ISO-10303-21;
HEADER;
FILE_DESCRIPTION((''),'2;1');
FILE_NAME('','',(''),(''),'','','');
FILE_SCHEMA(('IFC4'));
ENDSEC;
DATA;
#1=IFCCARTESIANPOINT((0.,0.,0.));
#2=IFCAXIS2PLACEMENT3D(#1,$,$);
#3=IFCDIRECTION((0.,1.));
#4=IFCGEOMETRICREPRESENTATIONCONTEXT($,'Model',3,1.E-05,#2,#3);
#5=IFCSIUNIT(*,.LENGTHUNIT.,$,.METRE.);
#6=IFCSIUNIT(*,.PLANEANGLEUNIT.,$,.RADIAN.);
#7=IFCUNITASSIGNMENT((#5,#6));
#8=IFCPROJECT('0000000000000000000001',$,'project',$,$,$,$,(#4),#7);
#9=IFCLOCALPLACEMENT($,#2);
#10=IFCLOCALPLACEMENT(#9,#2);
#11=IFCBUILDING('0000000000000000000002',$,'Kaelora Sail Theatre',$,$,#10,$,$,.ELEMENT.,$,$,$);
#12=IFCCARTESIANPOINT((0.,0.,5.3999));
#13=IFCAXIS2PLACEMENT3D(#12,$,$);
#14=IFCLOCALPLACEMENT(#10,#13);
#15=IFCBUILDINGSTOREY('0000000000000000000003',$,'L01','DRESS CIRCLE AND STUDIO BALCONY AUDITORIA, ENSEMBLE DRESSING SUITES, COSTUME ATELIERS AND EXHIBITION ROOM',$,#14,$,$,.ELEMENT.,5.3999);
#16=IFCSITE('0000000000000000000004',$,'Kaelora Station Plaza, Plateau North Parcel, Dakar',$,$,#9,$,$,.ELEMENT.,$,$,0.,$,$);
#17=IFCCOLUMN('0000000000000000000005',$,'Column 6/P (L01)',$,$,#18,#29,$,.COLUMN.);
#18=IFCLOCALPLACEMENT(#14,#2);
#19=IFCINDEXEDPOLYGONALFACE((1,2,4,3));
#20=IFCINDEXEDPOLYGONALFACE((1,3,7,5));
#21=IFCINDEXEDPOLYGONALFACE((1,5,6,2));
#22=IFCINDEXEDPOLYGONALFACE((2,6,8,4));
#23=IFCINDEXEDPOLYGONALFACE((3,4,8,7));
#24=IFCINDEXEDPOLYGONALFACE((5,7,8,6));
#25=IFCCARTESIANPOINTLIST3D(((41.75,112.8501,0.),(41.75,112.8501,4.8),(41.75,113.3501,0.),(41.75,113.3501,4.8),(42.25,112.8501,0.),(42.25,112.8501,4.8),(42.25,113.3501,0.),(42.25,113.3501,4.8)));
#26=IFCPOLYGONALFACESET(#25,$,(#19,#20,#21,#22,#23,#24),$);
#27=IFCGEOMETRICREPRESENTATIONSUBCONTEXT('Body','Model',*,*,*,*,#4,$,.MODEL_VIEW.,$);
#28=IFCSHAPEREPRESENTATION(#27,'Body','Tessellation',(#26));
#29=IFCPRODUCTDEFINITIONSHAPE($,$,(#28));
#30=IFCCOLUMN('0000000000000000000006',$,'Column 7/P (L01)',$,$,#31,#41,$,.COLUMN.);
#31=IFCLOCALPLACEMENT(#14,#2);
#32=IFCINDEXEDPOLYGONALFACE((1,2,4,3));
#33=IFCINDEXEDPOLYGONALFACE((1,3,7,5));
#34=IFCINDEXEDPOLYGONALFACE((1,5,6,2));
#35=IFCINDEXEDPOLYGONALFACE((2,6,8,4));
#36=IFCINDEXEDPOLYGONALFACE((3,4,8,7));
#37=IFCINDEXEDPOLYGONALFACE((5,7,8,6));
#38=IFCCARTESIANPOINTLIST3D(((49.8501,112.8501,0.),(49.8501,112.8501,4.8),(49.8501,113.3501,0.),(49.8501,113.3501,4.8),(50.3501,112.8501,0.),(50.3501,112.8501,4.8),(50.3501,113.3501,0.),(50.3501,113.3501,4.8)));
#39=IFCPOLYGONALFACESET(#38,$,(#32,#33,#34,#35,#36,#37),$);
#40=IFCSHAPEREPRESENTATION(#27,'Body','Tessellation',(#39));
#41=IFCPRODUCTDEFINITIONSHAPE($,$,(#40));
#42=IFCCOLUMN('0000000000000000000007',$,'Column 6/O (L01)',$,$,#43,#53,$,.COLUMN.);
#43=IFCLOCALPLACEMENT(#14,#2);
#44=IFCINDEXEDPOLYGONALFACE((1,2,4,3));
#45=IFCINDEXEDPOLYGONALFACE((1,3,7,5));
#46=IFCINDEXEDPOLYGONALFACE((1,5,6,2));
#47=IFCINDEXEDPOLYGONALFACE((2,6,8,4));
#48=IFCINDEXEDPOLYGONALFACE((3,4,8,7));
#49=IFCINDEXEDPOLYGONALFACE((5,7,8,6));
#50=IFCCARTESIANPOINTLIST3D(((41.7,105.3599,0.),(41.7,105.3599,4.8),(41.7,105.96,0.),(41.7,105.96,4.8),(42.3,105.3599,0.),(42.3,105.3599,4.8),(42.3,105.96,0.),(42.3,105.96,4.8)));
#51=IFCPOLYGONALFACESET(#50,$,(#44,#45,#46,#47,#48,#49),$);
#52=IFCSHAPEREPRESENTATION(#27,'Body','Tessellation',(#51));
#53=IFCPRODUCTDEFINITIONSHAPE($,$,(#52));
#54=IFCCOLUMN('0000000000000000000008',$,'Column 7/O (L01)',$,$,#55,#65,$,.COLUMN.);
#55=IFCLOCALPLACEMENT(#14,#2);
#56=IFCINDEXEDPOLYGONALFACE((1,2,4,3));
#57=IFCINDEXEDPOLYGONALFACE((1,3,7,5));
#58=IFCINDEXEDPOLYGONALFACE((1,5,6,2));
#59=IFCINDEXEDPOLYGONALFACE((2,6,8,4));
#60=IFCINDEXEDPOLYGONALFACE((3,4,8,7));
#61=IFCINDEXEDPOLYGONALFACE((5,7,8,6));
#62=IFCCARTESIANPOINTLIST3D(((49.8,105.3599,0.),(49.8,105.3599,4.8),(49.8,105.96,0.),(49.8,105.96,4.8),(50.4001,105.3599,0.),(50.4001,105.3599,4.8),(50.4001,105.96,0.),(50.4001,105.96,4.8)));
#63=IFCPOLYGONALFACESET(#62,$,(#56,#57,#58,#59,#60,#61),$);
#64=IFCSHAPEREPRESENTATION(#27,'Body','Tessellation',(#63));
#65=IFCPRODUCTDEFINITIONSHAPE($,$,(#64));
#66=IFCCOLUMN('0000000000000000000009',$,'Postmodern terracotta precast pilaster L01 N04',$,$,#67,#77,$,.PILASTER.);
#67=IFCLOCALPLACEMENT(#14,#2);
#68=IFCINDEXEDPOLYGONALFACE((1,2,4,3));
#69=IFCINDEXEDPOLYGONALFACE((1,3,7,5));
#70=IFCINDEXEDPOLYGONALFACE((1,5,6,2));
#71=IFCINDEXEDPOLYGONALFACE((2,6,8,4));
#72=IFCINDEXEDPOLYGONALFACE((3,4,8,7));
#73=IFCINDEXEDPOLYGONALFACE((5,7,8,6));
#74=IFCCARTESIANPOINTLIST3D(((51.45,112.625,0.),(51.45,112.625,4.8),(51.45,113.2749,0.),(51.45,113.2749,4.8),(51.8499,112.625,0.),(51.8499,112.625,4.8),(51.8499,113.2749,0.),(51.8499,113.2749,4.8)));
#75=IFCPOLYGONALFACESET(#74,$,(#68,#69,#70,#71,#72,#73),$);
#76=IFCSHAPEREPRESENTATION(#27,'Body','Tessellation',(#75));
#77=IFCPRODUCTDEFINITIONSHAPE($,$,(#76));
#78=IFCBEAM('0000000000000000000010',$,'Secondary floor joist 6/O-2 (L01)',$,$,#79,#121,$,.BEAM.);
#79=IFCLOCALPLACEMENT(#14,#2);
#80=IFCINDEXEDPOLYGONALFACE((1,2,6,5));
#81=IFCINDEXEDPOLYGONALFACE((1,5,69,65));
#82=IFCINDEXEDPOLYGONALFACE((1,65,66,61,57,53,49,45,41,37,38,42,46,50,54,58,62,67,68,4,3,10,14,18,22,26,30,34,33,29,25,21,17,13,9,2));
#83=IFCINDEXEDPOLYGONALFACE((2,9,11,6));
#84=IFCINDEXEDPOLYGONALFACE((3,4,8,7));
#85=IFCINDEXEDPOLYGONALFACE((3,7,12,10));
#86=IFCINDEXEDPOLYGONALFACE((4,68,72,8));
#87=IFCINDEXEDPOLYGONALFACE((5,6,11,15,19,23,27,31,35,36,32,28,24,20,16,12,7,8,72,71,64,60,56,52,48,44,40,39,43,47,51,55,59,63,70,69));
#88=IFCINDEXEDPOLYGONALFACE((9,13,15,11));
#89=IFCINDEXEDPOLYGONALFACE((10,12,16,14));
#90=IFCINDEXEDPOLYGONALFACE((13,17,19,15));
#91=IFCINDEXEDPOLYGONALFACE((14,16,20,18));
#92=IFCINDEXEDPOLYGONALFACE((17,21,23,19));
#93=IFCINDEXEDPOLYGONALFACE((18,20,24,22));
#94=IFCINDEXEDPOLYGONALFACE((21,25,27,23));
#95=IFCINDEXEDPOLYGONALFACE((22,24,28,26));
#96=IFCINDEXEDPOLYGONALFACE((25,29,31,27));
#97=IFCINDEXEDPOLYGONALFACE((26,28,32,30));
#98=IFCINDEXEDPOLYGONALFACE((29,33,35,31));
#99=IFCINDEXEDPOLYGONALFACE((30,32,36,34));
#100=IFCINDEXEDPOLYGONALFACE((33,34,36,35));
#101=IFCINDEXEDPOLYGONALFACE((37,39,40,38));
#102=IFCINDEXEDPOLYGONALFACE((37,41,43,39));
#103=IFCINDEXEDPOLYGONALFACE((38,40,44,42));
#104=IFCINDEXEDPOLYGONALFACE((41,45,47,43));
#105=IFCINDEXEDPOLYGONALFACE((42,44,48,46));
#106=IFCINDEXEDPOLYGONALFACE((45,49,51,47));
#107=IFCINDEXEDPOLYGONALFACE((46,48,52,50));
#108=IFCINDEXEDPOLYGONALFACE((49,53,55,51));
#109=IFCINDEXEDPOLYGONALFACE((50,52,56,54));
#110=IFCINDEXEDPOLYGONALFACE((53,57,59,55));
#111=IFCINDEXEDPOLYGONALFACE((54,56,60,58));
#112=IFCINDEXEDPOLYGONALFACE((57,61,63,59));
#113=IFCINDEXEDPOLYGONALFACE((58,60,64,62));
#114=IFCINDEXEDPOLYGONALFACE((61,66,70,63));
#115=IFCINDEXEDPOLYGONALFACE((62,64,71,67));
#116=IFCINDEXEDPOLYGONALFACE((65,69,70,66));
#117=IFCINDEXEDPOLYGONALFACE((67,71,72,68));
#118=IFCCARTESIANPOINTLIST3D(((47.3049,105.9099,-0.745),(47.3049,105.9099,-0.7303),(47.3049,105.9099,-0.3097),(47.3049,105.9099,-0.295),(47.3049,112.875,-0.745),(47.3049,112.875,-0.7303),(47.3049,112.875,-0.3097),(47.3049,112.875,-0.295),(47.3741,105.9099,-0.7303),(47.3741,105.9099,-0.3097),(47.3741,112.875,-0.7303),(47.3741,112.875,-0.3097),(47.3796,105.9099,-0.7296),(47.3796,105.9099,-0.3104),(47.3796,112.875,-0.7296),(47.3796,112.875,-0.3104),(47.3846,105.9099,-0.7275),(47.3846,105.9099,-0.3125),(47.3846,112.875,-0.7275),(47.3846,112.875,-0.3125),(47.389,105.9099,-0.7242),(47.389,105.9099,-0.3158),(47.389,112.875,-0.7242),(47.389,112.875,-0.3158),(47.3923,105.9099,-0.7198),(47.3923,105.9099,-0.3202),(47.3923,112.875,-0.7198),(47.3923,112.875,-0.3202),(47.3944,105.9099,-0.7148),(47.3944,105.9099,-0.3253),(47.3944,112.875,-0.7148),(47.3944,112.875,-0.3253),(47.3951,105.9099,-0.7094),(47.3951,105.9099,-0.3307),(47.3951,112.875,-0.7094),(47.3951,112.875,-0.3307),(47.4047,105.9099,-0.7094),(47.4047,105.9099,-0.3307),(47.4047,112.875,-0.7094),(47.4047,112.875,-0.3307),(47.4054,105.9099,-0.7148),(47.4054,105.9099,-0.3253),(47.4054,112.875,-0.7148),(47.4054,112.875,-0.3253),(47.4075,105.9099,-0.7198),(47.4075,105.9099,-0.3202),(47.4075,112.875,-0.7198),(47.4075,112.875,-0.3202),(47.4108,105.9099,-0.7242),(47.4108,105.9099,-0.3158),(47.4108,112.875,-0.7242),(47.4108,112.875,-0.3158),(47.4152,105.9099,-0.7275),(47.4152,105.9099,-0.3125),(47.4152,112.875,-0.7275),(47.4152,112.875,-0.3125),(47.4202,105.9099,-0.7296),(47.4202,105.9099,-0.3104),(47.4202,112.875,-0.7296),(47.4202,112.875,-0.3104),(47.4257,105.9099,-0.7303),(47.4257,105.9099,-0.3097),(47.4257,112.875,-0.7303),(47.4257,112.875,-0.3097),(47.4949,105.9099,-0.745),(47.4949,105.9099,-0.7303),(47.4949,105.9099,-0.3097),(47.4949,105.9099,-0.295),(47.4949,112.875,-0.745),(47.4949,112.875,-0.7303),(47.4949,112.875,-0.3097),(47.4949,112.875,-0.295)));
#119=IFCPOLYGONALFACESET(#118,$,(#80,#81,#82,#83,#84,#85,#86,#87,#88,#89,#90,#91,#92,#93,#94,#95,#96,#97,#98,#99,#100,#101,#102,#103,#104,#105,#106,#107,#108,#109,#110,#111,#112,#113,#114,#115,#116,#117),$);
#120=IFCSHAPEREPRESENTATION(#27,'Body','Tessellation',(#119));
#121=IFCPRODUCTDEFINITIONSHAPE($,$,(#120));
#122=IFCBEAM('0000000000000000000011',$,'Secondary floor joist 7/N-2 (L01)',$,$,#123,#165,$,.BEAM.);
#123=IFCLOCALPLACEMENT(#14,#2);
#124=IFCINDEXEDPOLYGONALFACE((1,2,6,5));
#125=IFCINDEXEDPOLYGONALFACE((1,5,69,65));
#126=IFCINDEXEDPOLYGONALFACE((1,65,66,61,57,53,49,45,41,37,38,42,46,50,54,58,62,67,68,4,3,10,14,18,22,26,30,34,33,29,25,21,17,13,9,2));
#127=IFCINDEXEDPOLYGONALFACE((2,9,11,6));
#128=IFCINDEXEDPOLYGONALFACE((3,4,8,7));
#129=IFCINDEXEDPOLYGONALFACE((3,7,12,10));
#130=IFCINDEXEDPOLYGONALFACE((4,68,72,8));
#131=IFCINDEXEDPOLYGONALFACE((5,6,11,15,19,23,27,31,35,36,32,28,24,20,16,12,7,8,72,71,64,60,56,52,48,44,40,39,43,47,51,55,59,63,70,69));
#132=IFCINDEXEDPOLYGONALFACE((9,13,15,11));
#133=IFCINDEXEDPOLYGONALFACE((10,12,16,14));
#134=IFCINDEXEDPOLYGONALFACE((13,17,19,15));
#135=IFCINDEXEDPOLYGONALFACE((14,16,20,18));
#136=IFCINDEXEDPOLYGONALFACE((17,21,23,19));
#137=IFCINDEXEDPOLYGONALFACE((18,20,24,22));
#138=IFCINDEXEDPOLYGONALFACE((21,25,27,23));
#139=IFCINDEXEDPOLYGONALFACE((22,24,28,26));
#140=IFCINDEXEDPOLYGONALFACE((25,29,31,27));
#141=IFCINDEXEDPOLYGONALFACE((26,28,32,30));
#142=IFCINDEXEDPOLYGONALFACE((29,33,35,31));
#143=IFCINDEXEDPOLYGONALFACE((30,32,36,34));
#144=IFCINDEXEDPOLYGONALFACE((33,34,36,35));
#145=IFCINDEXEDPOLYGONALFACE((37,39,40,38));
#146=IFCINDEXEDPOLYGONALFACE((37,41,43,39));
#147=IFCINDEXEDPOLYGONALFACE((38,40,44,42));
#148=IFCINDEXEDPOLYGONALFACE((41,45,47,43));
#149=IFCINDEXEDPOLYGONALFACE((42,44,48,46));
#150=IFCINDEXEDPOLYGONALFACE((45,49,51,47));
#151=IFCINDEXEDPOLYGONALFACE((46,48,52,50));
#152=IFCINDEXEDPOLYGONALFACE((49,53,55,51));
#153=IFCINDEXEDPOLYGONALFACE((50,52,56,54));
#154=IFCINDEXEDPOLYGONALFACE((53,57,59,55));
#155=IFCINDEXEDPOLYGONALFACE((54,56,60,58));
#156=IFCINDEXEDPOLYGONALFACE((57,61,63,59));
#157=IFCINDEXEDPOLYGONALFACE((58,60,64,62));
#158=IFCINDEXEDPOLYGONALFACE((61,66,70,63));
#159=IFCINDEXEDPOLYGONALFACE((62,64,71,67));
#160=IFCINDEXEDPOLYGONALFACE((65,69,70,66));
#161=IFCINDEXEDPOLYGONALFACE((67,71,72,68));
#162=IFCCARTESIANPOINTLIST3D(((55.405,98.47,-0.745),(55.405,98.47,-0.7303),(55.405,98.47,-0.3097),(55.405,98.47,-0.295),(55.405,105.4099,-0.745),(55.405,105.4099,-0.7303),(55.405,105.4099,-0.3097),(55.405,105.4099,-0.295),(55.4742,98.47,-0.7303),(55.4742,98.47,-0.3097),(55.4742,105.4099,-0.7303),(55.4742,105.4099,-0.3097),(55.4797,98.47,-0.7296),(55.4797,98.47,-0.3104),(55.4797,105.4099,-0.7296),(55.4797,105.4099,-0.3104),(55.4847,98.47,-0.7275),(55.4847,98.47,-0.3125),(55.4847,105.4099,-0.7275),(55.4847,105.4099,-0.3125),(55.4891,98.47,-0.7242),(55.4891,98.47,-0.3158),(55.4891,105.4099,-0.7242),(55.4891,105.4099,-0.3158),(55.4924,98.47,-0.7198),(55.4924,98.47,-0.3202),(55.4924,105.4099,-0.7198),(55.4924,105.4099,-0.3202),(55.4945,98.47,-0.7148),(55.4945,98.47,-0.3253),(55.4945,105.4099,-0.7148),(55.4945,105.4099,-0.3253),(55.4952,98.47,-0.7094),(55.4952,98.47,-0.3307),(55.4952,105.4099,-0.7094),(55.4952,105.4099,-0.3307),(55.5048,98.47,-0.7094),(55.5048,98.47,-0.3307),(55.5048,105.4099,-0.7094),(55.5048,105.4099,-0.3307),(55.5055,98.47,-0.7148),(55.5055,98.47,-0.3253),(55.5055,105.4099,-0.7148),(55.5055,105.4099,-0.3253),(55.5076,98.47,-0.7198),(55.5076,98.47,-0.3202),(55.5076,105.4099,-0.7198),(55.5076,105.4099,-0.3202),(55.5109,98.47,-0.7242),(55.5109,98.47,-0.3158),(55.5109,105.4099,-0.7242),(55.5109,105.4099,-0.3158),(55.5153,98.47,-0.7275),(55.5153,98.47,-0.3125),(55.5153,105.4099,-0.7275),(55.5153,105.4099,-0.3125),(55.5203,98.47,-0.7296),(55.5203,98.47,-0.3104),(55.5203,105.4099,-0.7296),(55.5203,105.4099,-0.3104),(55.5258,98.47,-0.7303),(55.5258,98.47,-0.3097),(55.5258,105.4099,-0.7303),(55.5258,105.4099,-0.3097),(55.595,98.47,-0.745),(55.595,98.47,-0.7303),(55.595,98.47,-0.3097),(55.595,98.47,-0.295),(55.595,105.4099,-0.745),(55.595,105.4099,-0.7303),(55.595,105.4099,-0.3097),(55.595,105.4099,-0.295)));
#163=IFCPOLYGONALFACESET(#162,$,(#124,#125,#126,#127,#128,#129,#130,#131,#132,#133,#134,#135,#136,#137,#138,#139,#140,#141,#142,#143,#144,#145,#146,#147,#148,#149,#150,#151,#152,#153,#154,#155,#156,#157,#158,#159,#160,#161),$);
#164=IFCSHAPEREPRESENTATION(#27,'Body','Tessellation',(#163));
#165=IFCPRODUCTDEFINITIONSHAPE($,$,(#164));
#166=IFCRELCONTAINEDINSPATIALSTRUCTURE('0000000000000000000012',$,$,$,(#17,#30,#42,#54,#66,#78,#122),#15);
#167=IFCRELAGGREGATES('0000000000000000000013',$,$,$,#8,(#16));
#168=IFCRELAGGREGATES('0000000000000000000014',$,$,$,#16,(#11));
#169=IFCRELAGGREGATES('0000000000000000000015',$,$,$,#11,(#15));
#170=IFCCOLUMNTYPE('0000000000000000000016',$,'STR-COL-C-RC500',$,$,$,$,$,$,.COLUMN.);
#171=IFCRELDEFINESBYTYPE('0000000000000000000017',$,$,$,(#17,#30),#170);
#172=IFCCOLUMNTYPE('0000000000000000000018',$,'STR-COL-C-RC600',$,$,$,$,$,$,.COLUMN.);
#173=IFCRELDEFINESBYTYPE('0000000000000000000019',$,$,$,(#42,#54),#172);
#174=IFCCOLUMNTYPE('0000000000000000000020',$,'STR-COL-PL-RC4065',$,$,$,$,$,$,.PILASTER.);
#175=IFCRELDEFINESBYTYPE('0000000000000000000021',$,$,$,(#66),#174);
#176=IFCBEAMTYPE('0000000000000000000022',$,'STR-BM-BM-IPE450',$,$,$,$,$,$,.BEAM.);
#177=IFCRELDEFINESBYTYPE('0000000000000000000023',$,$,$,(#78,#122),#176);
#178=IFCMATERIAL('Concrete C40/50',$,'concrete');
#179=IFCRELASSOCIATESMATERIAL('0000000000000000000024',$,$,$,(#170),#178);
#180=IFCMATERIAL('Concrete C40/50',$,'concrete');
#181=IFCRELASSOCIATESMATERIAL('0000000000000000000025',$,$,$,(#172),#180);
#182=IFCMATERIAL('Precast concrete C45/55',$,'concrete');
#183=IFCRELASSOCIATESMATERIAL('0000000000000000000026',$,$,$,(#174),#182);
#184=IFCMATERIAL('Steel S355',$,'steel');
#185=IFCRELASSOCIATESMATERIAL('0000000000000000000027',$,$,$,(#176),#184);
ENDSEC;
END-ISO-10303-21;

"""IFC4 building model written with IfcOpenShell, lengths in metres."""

from ifc_helpers import new_model, si_unit, direction, frame, origin, origin_2d, place, context, subcontext, project, spatial, rectangle, i_section, extrude, material, material_profile, profile_set, type_object, element, save


model = new_model("IFC4")

# Units and contexts
model_context = context("Model", 3, precision=1e-05, world=origin(), true_north=direction((0.0, 1.0)))
body_context = subcontext(model_context, "Body", "Model", "MODEL_VIEW")
ifc_project = project(units=[si_unit("LENGTHUNIT", "METRE"), si_unit("PLANEANGLEUNIT", "RADIAN")], contexts=[model_context])

# Site, building, storey
site_placement = place(None, origin())
site = spatial("IfcSite", under=ifc_project, at=site_placement, Name="Kaelora Station Plaza, Plateau North Parcel, Dakar", CompositionType="ELEMENT", RefElevation=0.0)
building_placement = place(site_placement, origin())
building = spatial("IfcBuilding", under=site, at=building_placement, Name="Kaelora Sail Theatre", CompositionType="ELEMENT")
storey_placement = place(building_placement, frame((0.0, 0.0, 5.3999)))
storey = spatial("IfcBuildingStorey", under=building, at=storey_placement, Name="L01", Description="DRESS CIRCLE AND STUDIO BALCONY AUDITORIA, ENSEMBLE DRESSING SUITES, COSTUME ATELIERS AND EXHIBITION ROOM", CompositionType="ELEMENT", Elevation=5.3999)

# Columns
ifc_material_1 = material(Name="Concrete C40/50", Category="concrete")
ifc_material_profile_1 = material_profile(ifc_material_1, rectangle(XDim=0.5, YDim=0.5, at=origin_2d()), Name="RC-COL 500x500")
ifc_profile_set_1 = profile_set([ifc_material_profile_1], Name="Concrete C40/50")
column_type_1 = type_object("IfcColumnType", Name="STR-COL-C-RC500", PredefinedType="COLUMN", material=ifc_profile_set_1)
for number, where, z_axis, x_axis, name in (
    (1, (42.0, 113.1001, 0.0), (0.0, 0.0, 1.0), (1.0, 0.0, 0.0), "Column 6/P (L01)"),
    (2, (50.1001, 113.1001, 0.0), (0.0, 0.0, 1.0), (1.0, 0.0, 0.0), "Column 7/P (L01)"),
):
    element("IfcColumn", number, at=place(storey_placement, frame(where, z_axis=z_axis, x_axis=x_axis)), inside=storey, type_object=column_type_1, Name=name, PredefinedType="COLUMN", context=body_context, shape_type="SweptSolid", body=[
        extrude(rectangle(XDim=0.5, YDim=0.5, at=origin_2d()), origin(), (0.0, 0.0, 1.0), 4.8),
    ])
ifc_material_2 = material(Name="Concrete C40/50", Category="concrete")
ifc_material_profile_2 = material_profile(ifc_material_2, rectangle(XDim=0.6001, YDim=0.6001, at=origin_2d()), Name="RC-COL 600x600")
ifc_profile_set_2 = profile_set([ifc_material_profile_2], Name="Concrete C40/50")
column_type_2 = type_object("IfcColumnType", Name="STR-COL-C-RC600", PredefinedType="COLUMN", material=ifc_profile_set_2)
for number, where, z_axis, x_axis, name in (
    (3, (42.0, 105.6599, 0.0), (0.0, 0.0, 1.0), (1.0, 0.0, 0.0), "Column 6/O (L01)"),
    (4, (50.1001, 105.6599, 0.0), (0.0, 0.0, 1.0), (1.0, 0.0, 0.0), "Column 7/O (L01)"),
):
    element("IfcColumn", number, at=place(storey_placement, frame(where, z_axis=z_axis, x_axis=x_axis)), inside=storey, type_object=column_type_2, Name=name, PredefinedType="COLUMN", context=body_context, shape_type="SweptSolid", body=[
        extrude(rectangle(XDim=0.6001, YDim=0.6001, at=origin_2d()), origin(), (0.0, 0.0, 1.0), 4.8),
    ])
ifc_material_3 = material(Name="Precast concrete C45/55", Category="concrete")
ifc_material_profile_3 = material_profile(ifc_material_3, rectangle(XDim=0.3999, YDim=0.6499, at=origin_2d()), Name="RC-PIL 400x650")
ifc_profile_set_3 = profile_set([ifc_material_profile_3], Name="Precast concrete C45/55")
column_type_3 = type_object("IfcColumnType", Name="STR-COL-PL-RC4065", PredefinedType="PILASTER", material=ifc_profile_set_3)
column_placement = place(storey_placement, frame((51.6499, 112.95, 0.0), z_axis=(0.0, 0.0, 1.0), x_axis=(1.0, 0.0, 0.0)))
element("IfcColumn", 5, at=column_placement, inside=storey, type_object=column_type_3, Name="Postmodern terracotta precast pilaster L01 N04", PredefinedType="PILASTER", context=body_context, shape_type="SweptSolid", body=[
    extrude(rectangle(XDim=0.3999, YDim=0.6499, at=origin_2d()), origin(), (0.0, 0.0, 1.0), 4.8),
])

# Beams
ifc_material_4 = material(Name="Steel S355", Category="steel")
ifc_material_profile_4 = material_profile(ifc_material_4, i_section(OverallWidth=0.1899, OverallDepth=0.45, WebThickness=0.0095, FlangeThickness=0.0146, FilletRadius=0.021, at=origin_2d()), Name="IPE 450")
ifc_profile_set_4 = profile_set([ifc_material_profile_4], Name="Steel S355")
beam_type_1 = type_object("IfcBeamType", Name="STR-BM-BM-IPE450", PredefinedType="BEAM", material=ifc_profile_set_4)
beam_1_placement = place(storey_placement, frame((47.3999, 105.9099, -0.52), z_axis=(0.0, 1.0, 0.0), x_axis=(-1.0, 0.0, 0.0)))
element("IfcBeam", 6, at=beam_1_placement, inside=storey, type_object=beam_type_1, Name="Secondary floor joist 6/O-2 (L01)", PredefinedType="BEAM", context=body_context, shape_type="SweptSolid", body=[
    extrude(i_section(OverallWidth=0.1899, OverallDepth=0.45, WebThickness=0.0095, FlangeThickness=0.0146, FilletRadius=0.021, at=origin_2d()), origin(), (0.0, 0.0, 1.0), 6.9651),
])
beam_2_placement = place(storey_placement, frame((55.5, 98.47, -0.52), z_axis=(0.0, 1.0, 0.0), x_axis=(-1.0, 0.0, 0.0)))
element("IfcBeam", 7, at=beam_2_placement, inside=storey, type_object=beam_type_1, Name="Secondary floor joist 7/N-2 (L01)", PredefinedType="BEAM", context=body_context, shape_type="SweptSolid", body=[
    extrude(i_section(OverallWidth=0.1899, OverallDepth=0.45, WebThickness=0.0095, FlangeThickness=0.0146, FilletRadius=0.021, at=origin_2d()), origin(), (0.0, 0.0, 1.0), 6.9399),
])

save(model, "model.ifc")
